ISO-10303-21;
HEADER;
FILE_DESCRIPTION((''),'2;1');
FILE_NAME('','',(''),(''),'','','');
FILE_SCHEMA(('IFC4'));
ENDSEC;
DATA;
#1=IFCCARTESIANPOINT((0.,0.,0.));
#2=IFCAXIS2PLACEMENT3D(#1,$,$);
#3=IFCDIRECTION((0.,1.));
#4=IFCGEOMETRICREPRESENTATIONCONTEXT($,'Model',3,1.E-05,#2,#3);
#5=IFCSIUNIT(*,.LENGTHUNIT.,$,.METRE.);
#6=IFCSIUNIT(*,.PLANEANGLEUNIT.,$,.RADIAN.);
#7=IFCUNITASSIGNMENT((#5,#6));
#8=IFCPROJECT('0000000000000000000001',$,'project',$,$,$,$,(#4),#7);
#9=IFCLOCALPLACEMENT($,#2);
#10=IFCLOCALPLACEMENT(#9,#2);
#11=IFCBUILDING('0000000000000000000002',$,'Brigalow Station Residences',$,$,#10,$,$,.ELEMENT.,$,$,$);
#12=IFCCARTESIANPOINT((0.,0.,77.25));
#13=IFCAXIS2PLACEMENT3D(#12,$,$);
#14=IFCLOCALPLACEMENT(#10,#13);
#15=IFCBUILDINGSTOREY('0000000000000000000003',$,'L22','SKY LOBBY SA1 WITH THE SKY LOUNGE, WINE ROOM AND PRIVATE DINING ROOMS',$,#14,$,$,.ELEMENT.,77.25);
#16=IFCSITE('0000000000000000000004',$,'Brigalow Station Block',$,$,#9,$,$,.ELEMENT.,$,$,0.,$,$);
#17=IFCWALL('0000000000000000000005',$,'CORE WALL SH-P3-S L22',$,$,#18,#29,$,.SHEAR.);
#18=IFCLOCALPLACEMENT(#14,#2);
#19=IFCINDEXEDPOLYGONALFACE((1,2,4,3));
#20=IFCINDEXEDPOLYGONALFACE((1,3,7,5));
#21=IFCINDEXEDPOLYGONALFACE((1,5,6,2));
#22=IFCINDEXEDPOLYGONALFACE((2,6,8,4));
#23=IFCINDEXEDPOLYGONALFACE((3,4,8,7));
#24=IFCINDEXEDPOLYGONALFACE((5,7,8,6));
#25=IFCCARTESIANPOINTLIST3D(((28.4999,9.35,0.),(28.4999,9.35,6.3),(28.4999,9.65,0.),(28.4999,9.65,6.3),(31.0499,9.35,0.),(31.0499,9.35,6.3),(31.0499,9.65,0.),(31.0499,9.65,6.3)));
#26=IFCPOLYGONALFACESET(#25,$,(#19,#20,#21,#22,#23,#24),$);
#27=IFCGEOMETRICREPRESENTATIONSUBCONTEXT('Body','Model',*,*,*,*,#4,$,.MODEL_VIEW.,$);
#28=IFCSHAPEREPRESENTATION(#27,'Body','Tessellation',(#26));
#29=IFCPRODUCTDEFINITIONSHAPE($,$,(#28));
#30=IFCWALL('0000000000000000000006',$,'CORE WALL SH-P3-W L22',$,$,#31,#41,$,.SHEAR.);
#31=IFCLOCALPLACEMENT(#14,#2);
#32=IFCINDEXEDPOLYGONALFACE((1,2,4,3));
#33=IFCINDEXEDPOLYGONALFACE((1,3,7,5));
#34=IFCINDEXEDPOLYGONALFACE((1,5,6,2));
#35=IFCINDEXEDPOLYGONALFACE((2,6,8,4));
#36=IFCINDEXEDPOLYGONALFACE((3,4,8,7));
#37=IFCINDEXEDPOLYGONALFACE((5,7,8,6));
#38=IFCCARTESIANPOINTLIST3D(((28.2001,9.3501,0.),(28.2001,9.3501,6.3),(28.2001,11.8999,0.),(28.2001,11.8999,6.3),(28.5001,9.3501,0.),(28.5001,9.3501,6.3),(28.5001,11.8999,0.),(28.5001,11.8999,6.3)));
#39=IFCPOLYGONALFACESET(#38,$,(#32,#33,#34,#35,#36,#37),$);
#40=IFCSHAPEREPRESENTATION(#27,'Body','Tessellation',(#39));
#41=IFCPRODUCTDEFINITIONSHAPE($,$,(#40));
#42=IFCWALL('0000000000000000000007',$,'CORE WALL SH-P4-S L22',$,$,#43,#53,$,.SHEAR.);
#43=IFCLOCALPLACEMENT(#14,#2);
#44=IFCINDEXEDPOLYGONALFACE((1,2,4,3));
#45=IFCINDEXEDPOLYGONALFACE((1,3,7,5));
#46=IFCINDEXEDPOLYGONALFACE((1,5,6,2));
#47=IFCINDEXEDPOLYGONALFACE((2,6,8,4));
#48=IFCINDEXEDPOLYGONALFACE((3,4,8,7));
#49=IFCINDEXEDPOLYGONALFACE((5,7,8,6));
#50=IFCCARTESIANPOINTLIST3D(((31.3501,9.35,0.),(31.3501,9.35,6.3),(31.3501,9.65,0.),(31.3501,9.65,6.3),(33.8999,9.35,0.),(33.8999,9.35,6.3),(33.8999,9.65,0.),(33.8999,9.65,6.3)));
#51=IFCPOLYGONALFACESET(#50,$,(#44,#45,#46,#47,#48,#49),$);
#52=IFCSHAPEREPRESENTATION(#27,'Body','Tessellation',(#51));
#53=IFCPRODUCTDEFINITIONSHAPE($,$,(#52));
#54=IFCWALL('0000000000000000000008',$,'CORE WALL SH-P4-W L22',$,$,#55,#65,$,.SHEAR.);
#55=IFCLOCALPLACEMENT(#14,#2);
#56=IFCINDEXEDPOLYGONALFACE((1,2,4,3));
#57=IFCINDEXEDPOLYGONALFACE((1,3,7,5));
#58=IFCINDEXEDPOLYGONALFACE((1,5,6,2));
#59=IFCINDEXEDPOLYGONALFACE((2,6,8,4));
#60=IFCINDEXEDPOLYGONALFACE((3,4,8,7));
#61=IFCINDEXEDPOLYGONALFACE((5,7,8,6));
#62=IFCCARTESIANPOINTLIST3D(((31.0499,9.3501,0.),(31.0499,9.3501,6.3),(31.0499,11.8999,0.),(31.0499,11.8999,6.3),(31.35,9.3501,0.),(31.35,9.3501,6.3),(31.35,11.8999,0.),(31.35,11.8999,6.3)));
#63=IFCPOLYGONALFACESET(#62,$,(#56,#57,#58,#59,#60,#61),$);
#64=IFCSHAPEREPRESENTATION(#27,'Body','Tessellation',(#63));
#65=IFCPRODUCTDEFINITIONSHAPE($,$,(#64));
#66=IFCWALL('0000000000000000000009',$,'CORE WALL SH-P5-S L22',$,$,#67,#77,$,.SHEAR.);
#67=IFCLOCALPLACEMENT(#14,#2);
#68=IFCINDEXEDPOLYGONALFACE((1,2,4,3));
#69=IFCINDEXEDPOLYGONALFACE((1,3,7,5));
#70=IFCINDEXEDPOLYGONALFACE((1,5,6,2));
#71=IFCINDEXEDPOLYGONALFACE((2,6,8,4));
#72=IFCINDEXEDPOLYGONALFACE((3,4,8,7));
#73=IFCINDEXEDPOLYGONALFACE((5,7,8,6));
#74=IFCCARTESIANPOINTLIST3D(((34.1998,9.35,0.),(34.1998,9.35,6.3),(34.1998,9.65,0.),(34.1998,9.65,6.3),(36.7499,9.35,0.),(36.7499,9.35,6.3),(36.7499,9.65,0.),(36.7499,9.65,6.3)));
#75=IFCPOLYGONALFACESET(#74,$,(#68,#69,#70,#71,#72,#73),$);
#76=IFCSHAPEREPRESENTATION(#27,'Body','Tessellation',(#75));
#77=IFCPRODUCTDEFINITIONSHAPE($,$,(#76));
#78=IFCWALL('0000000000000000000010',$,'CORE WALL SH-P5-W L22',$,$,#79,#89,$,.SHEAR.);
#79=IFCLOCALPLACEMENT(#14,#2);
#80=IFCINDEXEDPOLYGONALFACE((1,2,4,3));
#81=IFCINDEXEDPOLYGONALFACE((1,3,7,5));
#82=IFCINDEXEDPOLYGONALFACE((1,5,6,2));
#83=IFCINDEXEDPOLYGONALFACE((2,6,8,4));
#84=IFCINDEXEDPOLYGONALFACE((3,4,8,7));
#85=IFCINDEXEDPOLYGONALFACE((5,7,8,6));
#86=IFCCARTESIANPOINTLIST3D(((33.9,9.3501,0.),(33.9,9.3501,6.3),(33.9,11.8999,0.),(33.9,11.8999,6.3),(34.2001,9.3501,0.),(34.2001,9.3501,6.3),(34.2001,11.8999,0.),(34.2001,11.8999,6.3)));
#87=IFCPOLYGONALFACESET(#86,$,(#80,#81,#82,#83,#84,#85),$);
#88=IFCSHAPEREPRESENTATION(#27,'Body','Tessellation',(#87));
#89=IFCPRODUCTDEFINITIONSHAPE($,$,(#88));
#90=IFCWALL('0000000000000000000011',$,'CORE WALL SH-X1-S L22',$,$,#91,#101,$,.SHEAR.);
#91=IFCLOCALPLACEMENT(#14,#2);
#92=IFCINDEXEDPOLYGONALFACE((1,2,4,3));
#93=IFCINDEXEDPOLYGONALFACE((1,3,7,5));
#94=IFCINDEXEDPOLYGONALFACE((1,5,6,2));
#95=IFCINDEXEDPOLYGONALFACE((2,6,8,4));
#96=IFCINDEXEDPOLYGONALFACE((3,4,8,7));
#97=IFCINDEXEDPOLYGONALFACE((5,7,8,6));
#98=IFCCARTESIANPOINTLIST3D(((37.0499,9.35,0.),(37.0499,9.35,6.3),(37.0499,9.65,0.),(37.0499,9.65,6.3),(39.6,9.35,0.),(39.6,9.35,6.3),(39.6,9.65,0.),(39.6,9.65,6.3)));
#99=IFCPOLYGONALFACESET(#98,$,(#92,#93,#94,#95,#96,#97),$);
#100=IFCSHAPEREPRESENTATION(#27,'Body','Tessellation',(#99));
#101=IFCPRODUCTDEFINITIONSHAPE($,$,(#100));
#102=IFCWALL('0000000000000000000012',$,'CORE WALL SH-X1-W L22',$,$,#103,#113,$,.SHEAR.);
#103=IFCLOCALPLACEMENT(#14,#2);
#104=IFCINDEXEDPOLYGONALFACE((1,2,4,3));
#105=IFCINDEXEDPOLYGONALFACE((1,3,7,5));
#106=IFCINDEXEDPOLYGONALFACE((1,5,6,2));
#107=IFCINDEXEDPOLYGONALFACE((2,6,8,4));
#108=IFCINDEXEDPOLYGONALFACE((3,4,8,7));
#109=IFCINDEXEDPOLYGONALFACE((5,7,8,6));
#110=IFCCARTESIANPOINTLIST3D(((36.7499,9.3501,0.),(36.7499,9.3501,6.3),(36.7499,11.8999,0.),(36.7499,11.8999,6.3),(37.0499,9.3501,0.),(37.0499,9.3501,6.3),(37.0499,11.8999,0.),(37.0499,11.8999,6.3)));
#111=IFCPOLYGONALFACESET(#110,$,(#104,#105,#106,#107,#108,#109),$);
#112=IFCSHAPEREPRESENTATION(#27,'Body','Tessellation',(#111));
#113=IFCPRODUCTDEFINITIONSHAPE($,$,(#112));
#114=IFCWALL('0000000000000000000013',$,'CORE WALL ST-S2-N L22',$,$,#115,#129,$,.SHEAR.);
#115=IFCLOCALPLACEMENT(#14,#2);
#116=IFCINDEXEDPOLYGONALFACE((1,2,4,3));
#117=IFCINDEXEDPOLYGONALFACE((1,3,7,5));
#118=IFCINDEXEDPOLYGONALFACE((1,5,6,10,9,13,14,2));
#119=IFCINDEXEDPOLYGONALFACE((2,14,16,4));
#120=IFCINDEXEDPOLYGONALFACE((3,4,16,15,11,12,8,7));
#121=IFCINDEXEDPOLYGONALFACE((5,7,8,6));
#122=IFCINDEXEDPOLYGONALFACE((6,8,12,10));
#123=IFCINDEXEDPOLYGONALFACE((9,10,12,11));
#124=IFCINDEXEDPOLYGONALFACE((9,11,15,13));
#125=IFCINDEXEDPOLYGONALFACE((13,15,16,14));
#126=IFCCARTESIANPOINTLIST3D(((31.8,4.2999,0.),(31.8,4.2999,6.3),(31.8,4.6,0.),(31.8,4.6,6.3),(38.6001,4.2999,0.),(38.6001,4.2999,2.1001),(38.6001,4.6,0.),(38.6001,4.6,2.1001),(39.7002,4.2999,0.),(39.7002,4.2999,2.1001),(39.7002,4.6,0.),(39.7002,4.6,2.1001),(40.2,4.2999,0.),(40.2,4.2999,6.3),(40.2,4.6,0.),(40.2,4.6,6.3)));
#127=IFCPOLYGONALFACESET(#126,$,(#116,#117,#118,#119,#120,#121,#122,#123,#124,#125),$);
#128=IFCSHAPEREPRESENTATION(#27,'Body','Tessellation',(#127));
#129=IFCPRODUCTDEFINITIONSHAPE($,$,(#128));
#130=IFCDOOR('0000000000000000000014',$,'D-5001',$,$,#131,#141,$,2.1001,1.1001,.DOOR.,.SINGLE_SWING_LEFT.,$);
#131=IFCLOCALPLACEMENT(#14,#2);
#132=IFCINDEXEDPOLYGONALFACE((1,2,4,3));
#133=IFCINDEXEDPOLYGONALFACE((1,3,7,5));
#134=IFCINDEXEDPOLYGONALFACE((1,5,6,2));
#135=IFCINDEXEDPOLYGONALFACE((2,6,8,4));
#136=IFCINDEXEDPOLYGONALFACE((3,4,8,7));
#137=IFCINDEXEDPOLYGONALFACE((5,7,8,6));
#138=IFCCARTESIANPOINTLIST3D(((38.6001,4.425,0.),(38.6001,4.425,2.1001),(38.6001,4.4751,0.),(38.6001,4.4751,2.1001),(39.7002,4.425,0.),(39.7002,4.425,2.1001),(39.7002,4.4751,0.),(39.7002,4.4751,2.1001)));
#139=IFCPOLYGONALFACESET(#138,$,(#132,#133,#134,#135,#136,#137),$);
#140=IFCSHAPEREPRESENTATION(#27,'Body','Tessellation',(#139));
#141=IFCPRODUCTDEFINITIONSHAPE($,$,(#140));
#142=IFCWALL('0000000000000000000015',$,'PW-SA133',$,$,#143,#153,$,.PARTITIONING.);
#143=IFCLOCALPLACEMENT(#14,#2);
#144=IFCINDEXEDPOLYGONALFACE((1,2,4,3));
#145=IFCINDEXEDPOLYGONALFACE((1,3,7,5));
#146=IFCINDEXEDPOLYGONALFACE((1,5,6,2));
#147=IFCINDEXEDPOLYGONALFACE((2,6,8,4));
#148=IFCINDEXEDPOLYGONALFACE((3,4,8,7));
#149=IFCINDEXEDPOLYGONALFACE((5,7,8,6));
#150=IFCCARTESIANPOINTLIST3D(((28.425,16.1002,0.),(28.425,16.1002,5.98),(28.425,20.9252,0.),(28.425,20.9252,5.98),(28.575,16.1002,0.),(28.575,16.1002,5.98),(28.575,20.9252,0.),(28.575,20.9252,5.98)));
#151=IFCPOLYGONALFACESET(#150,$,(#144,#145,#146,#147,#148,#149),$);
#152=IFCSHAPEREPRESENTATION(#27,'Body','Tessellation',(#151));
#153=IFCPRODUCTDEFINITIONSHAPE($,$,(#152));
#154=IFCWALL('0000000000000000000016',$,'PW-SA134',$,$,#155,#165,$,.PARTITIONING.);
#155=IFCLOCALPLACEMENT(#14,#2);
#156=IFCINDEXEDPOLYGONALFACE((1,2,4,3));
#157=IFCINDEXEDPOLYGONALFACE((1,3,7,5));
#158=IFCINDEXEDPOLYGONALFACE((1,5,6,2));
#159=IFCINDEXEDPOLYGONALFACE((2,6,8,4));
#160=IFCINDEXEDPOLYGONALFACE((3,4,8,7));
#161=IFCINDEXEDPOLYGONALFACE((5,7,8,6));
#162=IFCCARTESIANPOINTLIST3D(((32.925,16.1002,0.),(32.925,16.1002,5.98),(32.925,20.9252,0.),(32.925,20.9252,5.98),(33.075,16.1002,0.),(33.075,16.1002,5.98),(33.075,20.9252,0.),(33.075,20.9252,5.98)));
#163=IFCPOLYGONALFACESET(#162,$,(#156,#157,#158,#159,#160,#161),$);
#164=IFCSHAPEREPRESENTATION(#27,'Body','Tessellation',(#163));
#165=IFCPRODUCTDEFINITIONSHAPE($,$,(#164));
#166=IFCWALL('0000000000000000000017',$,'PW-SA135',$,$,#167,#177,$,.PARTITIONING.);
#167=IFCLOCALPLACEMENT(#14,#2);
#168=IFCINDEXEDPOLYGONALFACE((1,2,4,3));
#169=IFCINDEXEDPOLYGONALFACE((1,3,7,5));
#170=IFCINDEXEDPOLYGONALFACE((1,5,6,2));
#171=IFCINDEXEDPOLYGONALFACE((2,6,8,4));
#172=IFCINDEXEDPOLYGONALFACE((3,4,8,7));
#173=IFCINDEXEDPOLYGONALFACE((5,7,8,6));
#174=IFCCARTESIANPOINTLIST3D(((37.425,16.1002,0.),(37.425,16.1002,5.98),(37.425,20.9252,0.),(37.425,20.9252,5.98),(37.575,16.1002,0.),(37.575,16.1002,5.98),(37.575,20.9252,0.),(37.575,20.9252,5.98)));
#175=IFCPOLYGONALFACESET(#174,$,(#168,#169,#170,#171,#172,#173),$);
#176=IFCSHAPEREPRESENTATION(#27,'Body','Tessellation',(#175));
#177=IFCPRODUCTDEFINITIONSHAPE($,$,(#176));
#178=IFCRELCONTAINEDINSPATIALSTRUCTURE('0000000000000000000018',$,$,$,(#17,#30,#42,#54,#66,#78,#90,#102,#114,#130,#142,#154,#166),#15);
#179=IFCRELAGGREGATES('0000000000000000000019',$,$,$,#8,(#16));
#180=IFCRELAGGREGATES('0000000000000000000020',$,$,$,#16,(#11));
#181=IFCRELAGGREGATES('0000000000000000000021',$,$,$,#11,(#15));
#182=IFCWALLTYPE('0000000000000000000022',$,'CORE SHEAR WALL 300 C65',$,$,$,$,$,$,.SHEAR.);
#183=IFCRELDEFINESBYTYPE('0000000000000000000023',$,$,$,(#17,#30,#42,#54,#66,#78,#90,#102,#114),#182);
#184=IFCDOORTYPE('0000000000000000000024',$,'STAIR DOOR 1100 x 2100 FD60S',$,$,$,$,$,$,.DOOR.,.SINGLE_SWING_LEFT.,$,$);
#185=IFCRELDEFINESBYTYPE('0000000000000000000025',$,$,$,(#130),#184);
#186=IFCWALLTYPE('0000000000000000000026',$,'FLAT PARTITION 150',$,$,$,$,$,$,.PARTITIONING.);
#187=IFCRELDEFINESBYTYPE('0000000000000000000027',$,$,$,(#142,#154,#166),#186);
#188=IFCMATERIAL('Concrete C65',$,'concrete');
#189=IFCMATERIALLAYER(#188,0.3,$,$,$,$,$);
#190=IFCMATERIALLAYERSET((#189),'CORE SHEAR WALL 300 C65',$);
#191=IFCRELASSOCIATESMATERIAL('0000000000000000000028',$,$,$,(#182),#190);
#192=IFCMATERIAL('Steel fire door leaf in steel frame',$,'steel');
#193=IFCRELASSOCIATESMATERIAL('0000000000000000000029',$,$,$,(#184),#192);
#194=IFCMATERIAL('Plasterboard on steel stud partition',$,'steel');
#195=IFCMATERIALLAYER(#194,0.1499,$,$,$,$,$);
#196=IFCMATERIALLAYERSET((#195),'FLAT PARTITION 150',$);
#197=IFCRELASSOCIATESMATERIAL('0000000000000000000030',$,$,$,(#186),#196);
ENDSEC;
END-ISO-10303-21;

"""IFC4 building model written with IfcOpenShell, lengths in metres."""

from ifc_helpers import new_model, si_unit, direction, frame, frame_2d, origin, place, context, subcontext, project, spatial, rectangle, extrude, material, layer, layer_set, type_object, element, fill, save


model = new_model("IFC4")

# Units and contexts
model_context = context("Model", 3, precision=1e-05, world=origin(), true_north=direction((0.0, 1.0)))
body_context = subcontext(model_context, "Body", "Model", "MODEL_VIEW")
ifc_project = project(units=[si_unit("LENGTHUNIT", "METRE"), si_unit("PLANEANGLEUNIT", "RADIAN")], contexts=[model_context])

# Site, building, storey
site_placement = place(None, origin())
site = spatial("IfcSite", under=ifc_project, at=site_placement, Name="Brigalow Station Block", CompositionType="ELEMENT", RefElevation=0.0)
building_placement = place(site_placement, origin())
building = spatial("IfcBuilding", under=site, at=building_placement, Name="Brigalow Station Residences", CompositionType="ELEMENT")
storey_placement = place(building_placement, frame((0.0, 0.0, 77.25)))
storey = spatial("IfcBuildingStorey", under=building, at=storey_placement, Name="L22", Description="SKY LOBBY SA1 WITH THE SKY LOUNGE, WINE ROOM AND PRIVATE DINING ROOMS", CompositionType="ELEMENT", Elevation=77.25)

# Walls
ifc_material_1 = material(Name="Concrete C65", Category="concrete")
ifc_layer_1 = layer(ifc_material_1, 0.3)
ifc_layer_set_1 = layer_set([ifc_layer_1], Name="CORE SHEAR WALL 300 C65")
wall_type_1 = type_object("IfcWallType", Name="CORE SHEAR WALL 300 C65", PredefinedType="SHEAR", material=ifc_layer_set_1)
wall_1_placement = place(storey_placement, frame((28.5, 9.5, 0.0), z_axis=(0.0, 0.0, 1.0), x_axis=(1.0, 0.0, 0.0)))
element("IfcWall", 1, at=wall_1_placement, inside=storey, type_object=wall_type_1, Name="CORE WALL SH-P3-S L22", PredefinedType="SHEAR", context=body_context, shape_type="SweptSolid", body=[
    extrude(rectangle(XDim=2.55, YDim=0.3, at=frame_2d((1.2749, 0.0))), origin(), (0.0, 0.0, 1.0), 6.3),
])
for number, where, z_axis, x_axis, name in (
    (2, (28.3501, 9.3501, 0.0), (0.0, 0.0, 1.0), (0.0, 1.0, 0.0), "CORE WALL SH-P3-W L22"),
    (3, (31.3501, 9.5, 0.0), (0.0, 0.0, 1.0), (1.0, 0.0, 0.0), "CORE WALL SH-P4-S L22"),
    (4, (31.2, 9.3501, 0.0), (0.0, 0.0, 1.0), (0.0, 1.0, 0.0), "CORE WALL SH-P4-W L22"),
):
    element("IfcWall", number, at=place(storey_placement, frame(where, z_axis=z_axis, x_axis=x_axis)), inside=storey, type_object=wall_type_1, Name=name, PredefinedType="SHEAR", context=body_context, shape_type="SweptSolid", body=[
        extrude(rectangle(XDim=2.5498, YDim=0.3, at=frame_2d((1.2749, 0.0))), origin(), (0.0, 0.0, 1.0), 6.3),
    ])
wall_2_placement = place(storey_placement, frame((34.2, 9.5, 0.0), z_axis=(0.0, 0.0, 1.0), x_axis=(1.0, 0.0, 0.0)))
element("IfcWall", 5, at=wall_2_placement, inside=storey, type_object=wall_type_1, Name="CORE WALL SH-P5-S L22", PredefinedType="SHEAR", context=body_context, shape_type="SweptSolid", body=[
    extrude(rectangle(XDim=2.55, YDim=0.3, at=frame_2d((1.2749, 0.0))), origin(), (0.0, 0.0, 1.0), 6.3),
])
wall_3_placement = place(storey_placement, frame((34.05, 9.3501, 0.0), z_axis=(0.0, 0.0, 1.0), x_axis=(0.0, 1.0, 0.0)))
element("IfcWall", 6, at=wall_3_placement, inside=storey, type_object=wall_type_1, Name="CORE WALL SH-P5-W L22", PredefinedType="SHEAR", context=body_context, shape_type="SweptSolid", body=[
    extrude(rectangle(XDim=2.5498, YDim=0.3, at=frame_2d((1.2749, 0.0))), origin(), (0.0, 0.0, 1.0), 6.3),
])
wall_4_placement = place(storey_placement, frame((37.05, 9.5, 0.0), z_axis=(0.0, 0.0, 1.0), x_axis=(1.0, 0.0, 0.0)))
element("IfcWall", 7, at=wall_4_placement, inside=storey, type_object=wall_type_1, Name="CORE WALL SH-X1-S L22", PredefinedType="SHEAR", context=body_context, shape_type="SweptSolid", body=[
    extrude(rectangle(XDim=2.55, YDim=0.3, at=frame_2d((1.2749, 0.0))), origin(), (0.0, 0.0, 1.0), 6.3),
])
wall_5_placement = place(storey_placement, frame((36.8999, 9.3501, 0.0), z_axis=(0.0, 0.0, 1.0), x_axis=(0.0, 1.0, 0.0)))
element("IfcWall", 8, at=wall_5_placement, inside=storey, type_object=wall_type_1, Name="CORE WALL SH-X1-W L22", PredefinedType="SHEAR", context=body_context, shape_type="SweptSolid", body=[
    extrude(rectangle(XDim=2.5498, YDim=0.3, at=frame_2d((1.2749, 0.0))), origin(), (0.0, 0.0, 1.0), 6.3),
])

# Wall, opening, door
wall_6_placement = place(storey_placement, frame((31.8, 4.45, 0.0), z_axis=(0.0, 0.0, 1.0), x_axis=(1.0, 0.0, 0.0)))
wall_6 = element("IfcWall", 9, at=wall_6_placement, inside=storey, type_object=wall_type_1, Name="CORE WALL ST-S2-N L22", PredefinedType="SHEAR", context=body_context, shape_type="SweptSolid", body=[
    extrude(rectangle(XDim=8.3999, YDim=0.3, at=frame_2d((4.2, 0.0))), origin(), (0.0, 0.0, 1.0), 6.3),
])
opening_1_placement = place(wall_6_placement, frame((6.8, 0.0, 0.0)))
opening_1 = element("IfcOpeningElement", 10, at=opening_1_placement, cuts=wall_6, PredefinedType="OPENING", context=body_context, shape_type="SweptSolid", body=[
    extrude(rectangle(XDim=1.1001, YDim=2.1001, at=frame_2d((0.55, 1.05))), frame((0.0, 0.1602, 0.0), z_axis=(0.0, -1.0, 0.0), x_axis=(1.0, 0.0, 0.0)), (0.0, 0.0, 1.0), 0.3201),
])
ifc_material_2 = material(Name="Steel fire door leaf in steel frame", Category="steel")
door_type_1 = type_object("IfcDoorType", Name="STAIR DOOR 1100 x 2100 FD60S", OperationType="SINGLE_SWING_LEFT", PredefinedType="DOOR", material=ifc_material_2)
door_1_placement = place(opening_1_placement, frame((1.1001, 0.0, 0.0), z_axis=(0.0, 0.0, 1.0), x_axis=(-1.0, 0.0, 0.0)))
door_1 = element("IfcDoor", 11, at=door_1_placement, inside=storey, type_object=door_type_1, Name="D-5001", OperationType="SINGLE_SWING_LEFT", OverallHeight=2.1001, OverallWidth=1.1001, PredefinedType="DOOR", context=body_context, shape_type="SweptSolid", body=[
    extrude(rectangle(XDim=1.1001, YDim=2.1001, at=frame_2d((0.55, 1.05))), frame((0.0, 0.0249, 0.0), z_axis=(0.0, -1.0, 0.0), x_axis=(1.0, 0.0, 0.0)), (0.0, 0.0, 1.0), 0.05),
])
fill(opening_1, door_1)

# Walls
ifc_material_3 = material(Name="Plasterboard on steel stud partition", Category="steel")
ifc_layer_2 = layer(ifc_material_3, 0.1499)
ifc_layer_set_2 = layer_set([ifc_layer_2], Name="FLAT PARTITION 150")
wall_type_2 = type_object("IfcWallType", Name="FLAT PARTITION 150", PredefinedType="PARTITIONING", material=ifc_layer_set_2)
for number, where, z_axis, x_axis, name in (
    (12, (28.5, 16.1001, 0.0), (0.0, 0.0, 1.0), (0.0, 1.0, 0.0), "PW-SA133"),
    (13, (33.0, 16.1001, 0.0), (0.0, 0.0, 1.0), (0.0, 1.0, 0.0), "PW-SA134"),
    (14, (37.5, 16.1001, 0.0), (0.0, 0.0, 1.0), (0.0, 1.0, 0.0), "PW-SA135"),
):
    element("IfcWall", number, at=place(storey_placement, frame(where, z_axis=z_axis, x_axis=x_axis)), inside=storey, type_object=wall_type_2, Name=name, PredefinedType="PARTITIONING", context=body_context, shape_type="SweptSolid", body=[
        extrude(rectangle(XDim=4.825, YDim=0.1499, at=frame_2d((2.4126, 0.0))), origin(), (0.0, 0.0, 1.0), 5.98),
    ])

save(model, "model.ifc")
